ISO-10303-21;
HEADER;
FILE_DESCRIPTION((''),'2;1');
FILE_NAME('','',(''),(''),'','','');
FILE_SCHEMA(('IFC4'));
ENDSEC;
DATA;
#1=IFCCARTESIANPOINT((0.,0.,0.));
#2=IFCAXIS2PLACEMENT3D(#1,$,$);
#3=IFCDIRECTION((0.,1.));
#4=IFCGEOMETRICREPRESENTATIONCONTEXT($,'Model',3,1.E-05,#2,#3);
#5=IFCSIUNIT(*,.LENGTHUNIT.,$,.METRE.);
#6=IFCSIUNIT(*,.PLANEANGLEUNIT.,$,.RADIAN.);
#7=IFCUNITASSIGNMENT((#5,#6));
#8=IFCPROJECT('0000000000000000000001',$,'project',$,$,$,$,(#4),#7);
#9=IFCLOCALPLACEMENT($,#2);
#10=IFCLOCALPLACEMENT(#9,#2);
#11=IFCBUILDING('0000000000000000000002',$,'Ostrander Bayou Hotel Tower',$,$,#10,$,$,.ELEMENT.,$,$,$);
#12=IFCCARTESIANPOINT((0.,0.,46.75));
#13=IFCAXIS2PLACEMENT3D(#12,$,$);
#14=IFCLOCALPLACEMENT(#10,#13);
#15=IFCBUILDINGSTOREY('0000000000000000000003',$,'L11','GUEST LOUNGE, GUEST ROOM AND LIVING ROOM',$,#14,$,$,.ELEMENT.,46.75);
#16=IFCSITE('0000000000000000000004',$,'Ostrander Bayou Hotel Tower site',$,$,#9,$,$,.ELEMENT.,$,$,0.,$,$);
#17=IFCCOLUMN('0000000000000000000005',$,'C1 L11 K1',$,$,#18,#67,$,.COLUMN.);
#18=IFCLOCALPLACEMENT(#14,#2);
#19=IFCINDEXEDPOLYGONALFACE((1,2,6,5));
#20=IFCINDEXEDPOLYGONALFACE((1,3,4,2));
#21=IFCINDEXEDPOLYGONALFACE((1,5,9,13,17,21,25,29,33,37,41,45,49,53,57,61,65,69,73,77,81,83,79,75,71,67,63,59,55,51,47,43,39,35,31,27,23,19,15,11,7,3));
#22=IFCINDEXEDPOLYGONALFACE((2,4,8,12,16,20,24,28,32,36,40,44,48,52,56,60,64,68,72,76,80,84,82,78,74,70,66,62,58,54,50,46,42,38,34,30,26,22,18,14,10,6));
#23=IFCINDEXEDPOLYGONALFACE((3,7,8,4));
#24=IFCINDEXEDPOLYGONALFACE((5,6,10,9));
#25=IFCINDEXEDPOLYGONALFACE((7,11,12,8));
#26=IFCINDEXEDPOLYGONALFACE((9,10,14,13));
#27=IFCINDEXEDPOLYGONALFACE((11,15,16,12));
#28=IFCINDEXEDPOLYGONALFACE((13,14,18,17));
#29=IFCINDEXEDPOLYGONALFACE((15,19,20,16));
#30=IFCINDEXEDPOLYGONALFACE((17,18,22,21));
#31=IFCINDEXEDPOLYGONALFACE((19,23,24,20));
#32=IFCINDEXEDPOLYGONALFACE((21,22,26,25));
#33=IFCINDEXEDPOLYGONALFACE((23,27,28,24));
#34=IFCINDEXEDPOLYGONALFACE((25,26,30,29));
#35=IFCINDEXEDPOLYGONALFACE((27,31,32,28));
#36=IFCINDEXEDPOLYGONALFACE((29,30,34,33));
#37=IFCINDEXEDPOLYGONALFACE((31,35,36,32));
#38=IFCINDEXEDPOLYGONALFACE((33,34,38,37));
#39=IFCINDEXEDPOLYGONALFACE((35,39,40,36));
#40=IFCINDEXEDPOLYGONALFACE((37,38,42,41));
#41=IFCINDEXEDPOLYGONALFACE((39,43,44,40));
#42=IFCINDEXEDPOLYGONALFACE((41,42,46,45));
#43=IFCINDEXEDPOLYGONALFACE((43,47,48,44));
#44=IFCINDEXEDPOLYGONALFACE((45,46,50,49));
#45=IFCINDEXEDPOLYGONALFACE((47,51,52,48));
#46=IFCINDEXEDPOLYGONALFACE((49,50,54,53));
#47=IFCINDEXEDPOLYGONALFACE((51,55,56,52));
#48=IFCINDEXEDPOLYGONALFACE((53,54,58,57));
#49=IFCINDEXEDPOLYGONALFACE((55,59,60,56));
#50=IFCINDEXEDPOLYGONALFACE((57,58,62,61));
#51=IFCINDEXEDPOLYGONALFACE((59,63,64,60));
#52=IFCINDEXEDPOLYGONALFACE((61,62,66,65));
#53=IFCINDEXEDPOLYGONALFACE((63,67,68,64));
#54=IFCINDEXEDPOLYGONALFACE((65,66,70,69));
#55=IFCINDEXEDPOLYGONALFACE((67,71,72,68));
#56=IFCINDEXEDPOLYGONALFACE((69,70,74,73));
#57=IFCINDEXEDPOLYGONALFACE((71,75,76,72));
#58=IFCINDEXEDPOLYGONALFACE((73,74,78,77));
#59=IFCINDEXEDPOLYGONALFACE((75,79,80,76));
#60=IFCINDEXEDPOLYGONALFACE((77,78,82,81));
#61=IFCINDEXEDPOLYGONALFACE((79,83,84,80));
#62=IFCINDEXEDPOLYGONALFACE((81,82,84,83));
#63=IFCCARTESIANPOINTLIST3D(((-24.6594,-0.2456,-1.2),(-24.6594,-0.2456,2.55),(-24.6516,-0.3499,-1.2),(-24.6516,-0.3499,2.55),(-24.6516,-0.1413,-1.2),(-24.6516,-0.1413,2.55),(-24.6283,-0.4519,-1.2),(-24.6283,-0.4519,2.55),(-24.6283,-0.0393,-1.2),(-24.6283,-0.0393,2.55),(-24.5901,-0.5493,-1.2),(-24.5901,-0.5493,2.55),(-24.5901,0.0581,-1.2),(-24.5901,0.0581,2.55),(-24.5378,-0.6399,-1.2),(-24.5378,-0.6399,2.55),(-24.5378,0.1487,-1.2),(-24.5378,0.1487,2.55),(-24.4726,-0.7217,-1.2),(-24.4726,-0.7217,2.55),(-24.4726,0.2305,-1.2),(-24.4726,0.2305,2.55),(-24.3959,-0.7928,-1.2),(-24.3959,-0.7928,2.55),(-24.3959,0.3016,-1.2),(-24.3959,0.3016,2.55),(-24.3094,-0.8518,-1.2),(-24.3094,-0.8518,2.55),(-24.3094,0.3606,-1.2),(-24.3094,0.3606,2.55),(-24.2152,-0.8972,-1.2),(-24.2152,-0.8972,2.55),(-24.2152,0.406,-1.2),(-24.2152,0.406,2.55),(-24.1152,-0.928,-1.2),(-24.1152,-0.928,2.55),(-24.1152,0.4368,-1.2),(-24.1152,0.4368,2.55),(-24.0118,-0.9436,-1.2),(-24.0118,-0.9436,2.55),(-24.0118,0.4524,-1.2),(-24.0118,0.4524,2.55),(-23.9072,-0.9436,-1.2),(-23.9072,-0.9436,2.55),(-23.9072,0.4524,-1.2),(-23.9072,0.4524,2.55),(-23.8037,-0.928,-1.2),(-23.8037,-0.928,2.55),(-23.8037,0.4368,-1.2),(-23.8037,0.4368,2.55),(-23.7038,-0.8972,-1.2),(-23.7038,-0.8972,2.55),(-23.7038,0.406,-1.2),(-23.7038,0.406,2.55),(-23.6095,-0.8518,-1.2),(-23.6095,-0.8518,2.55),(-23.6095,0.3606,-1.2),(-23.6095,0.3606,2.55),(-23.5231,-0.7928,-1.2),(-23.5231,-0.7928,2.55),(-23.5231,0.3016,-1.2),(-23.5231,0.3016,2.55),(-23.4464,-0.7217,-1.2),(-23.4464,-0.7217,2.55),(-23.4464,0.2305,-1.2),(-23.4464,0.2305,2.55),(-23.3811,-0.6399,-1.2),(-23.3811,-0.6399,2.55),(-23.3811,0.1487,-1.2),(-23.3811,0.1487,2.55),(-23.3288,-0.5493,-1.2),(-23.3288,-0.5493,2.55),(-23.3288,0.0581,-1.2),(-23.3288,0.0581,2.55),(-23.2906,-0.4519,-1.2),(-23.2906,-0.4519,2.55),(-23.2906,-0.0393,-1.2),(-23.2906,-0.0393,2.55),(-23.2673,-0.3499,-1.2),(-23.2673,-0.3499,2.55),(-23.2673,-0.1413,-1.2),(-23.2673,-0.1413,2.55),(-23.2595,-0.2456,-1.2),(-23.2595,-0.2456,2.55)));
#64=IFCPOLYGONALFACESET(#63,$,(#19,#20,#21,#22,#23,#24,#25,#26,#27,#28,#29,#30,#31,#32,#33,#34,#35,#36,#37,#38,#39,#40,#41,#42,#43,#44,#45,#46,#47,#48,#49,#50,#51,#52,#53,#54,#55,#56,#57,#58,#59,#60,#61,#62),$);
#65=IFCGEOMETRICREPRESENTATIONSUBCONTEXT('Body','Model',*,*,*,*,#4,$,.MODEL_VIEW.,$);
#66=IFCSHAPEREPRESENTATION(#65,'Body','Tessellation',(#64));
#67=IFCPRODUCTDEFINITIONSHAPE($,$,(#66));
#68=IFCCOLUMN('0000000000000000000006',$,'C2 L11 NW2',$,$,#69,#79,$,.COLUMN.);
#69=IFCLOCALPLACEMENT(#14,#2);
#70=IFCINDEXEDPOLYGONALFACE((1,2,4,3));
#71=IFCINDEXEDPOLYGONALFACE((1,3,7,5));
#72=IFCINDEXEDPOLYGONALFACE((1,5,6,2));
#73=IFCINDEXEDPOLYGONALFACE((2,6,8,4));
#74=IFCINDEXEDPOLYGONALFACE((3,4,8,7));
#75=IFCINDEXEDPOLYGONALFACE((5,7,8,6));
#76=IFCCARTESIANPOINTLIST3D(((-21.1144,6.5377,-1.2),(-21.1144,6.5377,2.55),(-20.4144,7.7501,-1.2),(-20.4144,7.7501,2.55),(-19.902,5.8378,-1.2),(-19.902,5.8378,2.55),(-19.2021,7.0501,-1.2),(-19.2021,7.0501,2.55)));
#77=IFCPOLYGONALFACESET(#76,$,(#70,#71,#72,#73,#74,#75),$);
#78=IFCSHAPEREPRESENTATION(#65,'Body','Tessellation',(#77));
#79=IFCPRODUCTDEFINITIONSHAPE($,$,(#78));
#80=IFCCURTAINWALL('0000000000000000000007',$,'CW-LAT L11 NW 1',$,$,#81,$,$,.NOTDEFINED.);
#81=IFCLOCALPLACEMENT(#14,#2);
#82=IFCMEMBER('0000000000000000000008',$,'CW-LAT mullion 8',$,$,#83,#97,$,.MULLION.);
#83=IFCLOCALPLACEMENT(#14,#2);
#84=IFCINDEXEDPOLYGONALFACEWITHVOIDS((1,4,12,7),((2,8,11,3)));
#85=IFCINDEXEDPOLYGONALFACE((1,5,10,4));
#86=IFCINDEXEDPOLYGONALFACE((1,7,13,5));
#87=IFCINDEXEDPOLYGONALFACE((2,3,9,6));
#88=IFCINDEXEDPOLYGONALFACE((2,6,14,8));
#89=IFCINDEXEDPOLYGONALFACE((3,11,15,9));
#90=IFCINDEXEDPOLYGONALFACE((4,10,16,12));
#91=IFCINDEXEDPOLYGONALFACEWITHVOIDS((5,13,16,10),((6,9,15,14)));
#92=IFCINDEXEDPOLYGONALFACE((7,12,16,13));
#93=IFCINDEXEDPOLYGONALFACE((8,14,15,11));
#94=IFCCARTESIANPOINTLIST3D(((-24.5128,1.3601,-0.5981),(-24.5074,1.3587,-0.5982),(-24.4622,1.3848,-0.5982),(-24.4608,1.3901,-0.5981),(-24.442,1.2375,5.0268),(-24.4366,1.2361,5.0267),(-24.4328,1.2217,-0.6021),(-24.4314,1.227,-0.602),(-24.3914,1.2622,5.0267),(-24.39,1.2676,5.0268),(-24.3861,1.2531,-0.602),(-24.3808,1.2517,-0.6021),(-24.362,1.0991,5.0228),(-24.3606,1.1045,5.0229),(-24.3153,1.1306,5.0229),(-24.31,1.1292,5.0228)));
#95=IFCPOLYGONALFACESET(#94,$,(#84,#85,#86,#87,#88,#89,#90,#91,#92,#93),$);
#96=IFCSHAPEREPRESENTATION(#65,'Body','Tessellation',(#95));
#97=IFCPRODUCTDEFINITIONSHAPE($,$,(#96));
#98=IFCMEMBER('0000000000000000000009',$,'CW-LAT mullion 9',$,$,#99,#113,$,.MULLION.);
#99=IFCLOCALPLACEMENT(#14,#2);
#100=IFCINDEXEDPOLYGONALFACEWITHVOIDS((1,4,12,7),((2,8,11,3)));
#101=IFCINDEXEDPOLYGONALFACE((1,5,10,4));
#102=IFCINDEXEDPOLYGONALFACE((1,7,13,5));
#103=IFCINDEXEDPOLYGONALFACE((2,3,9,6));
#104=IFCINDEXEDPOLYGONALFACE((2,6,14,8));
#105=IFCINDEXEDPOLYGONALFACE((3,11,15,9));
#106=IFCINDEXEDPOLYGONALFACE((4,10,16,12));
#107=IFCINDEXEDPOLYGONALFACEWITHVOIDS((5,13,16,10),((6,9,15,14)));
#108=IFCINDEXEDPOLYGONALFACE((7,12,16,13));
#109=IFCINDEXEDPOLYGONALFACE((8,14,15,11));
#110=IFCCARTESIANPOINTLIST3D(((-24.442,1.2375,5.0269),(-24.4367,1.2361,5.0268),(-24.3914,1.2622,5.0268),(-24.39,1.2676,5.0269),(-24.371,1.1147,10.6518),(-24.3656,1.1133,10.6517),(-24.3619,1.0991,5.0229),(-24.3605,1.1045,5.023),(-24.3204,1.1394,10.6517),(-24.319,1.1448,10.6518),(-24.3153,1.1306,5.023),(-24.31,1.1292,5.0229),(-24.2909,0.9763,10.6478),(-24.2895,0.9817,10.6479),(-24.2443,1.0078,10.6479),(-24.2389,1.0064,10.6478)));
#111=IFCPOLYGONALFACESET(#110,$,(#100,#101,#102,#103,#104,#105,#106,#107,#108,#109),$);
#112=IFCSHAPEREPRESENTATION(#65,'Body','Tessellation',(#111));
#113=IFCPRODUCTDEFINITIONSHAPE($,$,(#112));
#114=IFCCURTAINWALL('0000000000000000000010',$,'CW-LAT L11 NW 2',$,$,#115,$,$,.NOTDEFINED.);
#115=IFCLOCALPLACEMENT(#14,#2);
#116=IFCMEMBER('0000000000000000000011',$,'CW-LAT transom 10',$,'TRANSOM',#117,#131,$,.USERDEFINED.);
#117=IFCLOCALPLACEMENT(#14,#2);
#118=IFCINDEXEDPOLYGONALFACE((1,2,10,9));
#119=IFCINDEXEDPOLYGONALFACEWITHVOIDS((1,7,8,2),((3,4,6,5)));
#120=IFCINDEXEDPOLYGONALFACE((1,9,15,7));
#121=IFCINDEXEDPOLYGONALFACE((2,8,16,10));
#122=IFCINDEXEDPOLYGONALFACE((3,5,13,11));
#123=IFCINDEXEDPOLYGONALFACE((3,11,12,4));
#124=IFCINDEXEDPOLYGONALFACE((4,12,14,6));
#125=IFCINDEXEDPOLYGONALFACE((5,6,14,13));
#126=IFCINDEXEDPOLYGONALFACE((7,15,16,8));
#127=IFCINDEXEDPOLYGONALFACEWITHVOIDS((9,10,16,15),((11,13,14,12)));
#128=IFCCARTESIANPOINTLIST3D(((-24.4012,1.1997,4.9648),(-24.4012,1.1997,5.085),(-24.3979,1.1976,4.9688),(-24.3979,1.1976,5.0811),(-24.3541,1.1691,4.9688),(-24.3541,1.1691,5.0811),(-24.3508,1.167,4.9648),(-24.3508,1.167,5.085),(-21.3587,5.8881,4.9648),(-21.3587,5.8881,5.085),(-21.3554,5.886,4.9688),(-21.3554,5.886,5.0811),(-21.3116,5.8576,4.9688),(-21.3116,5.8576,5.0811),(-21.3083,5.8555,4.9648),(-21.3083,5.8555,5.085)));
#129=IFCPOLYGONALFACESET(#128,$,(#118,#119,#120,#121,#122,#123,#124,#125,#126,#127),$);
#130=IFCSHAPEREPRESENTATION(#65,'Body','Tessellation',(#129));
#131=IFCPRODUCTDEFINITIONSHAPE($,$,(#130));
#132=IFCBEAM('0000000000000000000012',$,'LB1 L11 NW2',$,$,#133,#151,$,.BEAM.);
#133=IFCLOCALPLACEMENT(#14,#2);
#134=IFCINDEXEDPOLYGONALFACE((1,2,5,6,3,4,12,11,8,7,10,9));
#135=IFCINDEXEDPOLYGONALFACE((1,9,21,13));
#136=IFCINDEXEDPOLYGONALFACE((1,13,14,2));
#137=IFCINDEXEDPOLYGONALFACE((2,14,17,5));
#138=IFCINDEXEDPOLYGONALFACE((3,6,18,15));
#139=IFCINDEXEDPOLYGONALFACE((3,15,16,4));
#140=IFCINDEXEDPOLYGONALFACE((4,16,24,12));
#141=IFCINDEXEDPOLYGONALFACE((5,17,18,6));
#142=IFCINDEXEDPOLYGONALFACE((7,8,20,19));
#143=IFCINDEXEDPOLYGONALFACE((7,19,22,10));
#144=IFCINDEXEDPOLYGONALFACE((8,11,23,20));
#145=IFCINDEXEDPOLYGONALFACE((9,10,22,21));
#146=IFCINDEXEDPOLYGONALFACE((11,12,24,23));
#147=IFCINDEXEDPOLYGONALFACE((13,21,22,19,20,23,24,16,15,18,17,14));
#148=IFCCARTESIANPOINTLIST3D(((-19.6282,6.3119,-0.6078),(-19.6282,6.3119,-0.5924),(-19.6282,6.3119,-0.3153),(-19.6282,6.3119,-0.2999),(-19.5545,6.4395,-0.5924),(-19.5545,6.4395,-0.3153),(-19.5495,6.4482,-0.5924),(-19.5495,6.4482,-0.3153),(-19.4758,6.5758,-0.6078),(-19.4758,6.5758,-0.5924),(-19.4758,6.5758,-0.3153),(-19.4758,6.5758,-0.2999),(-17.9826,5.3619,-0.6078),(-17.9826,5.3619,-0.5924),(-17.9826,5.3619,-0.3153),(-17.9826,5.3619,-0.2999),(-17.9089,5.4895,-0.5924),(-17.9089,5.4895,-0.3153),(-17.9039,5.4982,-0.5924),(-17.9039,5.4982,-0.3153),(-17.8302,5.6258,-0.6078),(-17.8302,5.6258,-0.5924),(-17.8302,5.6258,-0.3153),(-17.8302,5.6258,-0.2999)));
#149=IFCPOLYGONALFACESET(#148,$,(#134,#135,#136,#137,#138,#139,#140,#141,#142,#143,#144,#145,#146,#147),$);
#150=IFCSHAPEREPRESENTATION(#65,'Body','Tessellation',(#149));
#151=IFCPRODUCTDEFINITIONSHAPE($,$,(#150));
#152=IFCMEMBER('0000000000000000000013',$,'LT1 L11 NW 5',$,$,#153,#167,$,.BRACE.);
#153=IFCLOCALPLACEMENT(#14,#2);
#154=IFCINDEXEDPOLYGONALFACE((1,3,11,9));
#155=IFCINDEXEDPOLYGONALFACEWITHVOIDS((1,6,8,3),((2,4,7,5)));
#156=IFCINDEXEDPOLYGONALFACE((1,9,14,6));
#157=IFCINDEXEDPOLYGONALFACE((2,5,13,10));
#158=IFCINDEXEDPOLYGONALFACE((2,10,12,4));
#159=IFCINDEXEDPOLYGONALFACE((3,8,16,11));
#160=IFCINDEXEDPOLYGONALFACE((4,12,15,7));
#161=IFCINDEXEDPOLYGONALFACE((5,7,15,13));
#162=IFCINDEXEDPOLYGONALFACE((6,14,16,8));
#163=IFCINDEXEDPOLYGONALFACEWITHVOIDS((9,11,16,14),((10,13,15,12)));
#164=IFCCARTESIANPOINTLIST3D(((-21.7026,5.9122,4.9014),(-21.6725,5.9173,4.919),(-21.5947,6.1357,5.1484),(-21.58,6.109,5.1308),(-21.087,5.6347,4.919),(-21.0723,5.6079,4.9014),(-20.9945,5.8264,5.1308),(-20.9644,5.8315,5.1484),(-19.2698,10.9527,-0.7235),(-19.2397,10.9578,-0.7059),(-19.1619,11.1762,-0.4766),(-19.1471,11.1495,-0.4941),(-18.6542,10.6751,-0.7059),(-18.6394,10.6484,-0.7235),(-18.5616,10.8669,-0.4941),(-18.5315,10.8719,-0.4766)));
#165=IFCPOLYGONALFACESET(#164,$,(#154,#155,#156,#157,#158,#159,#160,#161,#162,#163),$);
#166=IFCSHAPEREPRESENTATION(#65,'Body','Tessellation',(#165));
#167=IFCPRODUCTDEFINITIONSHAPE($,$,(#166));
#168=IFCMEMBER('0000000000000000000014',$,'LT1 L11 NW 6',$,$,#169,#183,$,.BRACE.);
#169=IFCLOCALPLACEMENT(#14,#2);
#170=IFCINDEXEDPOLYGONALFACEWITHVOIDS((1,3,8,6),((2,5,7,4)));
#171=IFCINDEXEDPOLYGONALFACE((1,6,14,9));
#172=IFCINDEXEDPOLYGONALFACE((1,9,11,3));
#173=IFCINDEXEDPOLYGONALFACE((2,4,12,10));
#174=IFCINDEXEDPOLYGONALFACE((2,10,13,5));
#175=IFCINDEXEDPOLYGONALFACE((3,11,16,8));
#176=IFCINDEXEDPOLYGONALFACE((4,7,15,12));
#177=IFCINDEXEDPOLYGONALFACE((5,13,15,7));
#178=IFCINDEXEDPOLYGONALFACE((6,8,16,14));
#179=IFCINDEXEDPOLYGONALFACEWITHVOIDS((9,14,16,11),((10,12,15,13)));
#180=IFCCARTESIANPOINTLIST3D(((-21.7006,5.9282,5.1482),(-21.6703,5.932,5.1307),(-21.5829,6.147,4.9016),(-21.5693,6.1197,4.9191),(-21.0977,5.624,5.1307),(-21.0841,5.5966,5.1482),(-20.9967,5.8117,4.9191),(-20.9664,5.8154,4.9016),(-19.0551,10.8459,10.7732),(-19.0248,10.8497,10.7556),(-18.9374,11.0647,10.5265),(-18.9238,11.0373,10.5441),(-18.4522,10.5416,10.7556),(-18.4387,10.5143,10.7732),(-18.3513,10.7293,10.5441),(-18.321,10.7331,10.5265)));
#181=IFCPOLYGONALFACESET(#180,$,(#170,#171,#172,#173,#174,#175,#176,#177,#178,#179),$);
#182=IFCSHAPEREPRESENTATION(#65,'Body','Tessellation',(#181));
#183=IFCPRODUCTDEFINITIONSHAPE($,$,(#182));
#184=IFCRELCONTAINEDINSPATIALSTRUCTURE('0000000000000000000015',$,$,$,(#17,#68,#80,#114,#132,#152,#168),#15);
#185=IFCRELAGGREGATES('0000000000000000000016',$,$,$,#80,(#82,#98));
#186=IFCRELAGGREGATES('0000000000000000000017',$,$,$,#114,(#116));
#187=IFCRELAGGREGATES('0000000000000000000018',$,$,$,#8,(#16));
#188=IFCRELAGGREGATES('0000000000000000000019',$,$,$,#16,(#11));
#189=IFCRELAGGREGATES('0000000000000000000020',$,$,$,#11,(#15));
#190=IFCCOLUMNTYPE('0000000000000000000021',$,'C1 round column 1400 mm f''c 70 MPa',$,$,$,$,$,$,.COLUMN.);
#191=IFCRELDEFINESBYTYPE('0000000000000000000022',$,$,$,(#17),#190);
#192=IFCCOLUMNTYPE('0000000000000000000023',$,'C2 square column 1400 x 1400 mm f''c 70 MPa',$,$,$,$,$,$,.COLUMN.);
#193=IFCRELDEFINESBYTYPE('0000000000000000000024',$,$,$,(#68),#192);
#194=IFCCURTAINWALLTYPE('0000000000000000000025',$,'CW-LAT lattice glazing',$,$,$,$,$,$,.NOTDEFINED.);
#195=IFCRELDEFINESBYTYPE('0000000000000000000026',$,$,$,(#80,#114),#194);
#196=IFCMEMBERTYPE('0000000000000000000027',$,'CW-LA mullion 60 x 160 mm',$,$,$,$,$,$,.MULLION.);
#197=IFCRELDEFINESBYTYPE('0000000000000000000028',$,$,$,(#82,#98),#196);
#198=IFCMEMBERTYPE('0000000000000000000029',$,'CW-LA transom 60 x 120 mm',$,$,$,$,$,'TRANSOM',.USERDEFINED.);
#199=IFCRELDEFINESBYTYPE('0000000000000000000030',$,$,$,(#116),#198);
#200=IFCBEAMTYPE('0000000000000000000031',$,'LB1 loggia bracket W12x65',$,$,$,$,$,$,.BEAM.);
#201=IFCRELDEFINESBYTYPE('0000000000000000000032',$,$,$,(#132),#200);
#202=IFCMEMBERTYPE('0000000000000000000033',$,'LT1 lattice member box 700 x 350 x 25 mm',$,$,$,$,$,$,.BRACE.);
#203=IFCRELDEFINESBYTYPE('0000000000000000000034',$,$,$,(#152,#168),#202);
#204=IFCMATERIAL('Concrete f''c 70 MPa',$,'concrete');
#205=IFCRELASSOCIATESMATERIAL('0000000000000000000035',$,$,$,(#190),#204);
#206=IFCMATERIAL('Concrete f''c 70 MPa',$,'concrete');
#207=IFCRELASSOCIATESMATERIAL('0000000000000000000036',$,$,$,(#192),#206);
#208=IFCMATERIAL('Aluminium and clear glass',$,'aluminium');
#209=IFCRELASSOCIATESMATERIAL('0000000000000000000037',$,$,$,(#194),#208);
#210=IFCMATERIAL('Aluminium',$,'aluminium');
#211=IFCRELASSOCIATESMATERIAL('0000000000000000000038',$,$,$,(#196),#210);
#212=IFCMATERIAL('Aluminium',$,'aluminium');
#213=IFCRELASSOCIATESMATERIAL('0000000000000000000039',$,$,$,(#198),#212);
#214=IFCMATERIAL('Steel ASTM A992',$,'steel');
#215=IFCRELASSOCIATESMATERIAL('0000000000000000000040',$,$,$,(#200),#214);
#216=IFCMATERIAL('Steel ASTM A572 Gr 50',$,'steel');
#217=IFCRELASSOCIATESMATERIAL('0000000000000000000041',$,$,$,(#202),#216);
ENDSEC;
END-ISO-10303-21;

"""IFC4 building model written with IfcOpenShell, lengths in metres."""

from ifc_helpers import new_model, si_unit, direction, frame, origin, origin_2d, place, context, subcontext, project, spatial, rectangle, hollow_rectangle, circle, i_section, extrude, material, material_profile, profile_set, type_object, element, aggregate, save


model = new_model("IFC4")

# Units and contexts
model_context = context("Model", 3, precision=1e-05, world=origin(), true_north=direction((0.0, 1.0)))
body_context = subcontext(model_context, "Body", "Model", "MODEL_VIEW")
ifc_project = project(units=[si_unit("LENGTHUNIT", "METRE"), si_unit("PLANEANGLEUNIT", "RADIAN")], contexts=[model_context])

# Site, building, storey
site_placement = place(None, origin())
site = spatial("IfcSite", under=ifc_project, at=site_placement, Name="Ostrander Bayou Hotel Tower site", CompositionType="ELEMENT", RefElevation=0.0)
building_placement = place(site_placement, origin())
building = spatial("IfcBuilding", under=site, at=building_placement, Name="Ostrander Bayou Hotel Tower", CompositionType="ELEMENT")
storey_placement = place(building_placement, frame((0.0, 0.0, 46.75)))
storey = spatial("IfcBuildingStorey", under=building, at=storey_placement, Name="L11", Description="GUEST LOUNGE, GUEST ROOM AND LIVING ROOM", CompositionType="ELEMENT", Elevation=46.75)

# Columns
ifc_material_1 = material(Name="Concrete f'c 70 MPa", Category="concrete")
ifc_material_profile_1 = material_profile(ifc_material_1, circle(Radius=0.7, at=origin_2d()))
ifc_profile_set_1 = profile_set([ifc_material_profile_1], Name="Concrete f'c 70 MPa")
column_type_1 = type_object("IfcColumnType", Name="C1 round column 1400 mm f'c 70 MPa", PredefinedType="COLUMN", material=ifc_profile_set_1)
column_1_placement = place(storey_placement, frame((-23.9595, -0.2456, -1.2), z_axis=(0.0, 0.0, 1.0), x_axis=(1.0, 0.0, 0.0)))
element("IfcColumn", 1, at=column_1_placement, inside=storey, type_object=column_type_1, Name="C1 L11 K1", PredefinedType="COLUMN", context=body_context, shape_type="SweptSolid", body=[
    extrude(circle(Radius=0.7, at=origin_2d()), origin(), (0.0, 0.0, 1.0), 3.75),
])
ifc_material_2 = material(Name="Concrete f'c 70 MPa", Category="concrete")
ifc_material_profile_2 = material_profile(ifc_material_2, rectangle(XDim=1.3999, YDim=1.3999, at=origin_2d()))
ifc_profile_set_2 = profile_set([ifc_material_profile_2], Name="Concrete f'c 70 MPa")
column_type_2 = type_object("IfcColumnType", Name="C2 square column 1400 x 1400 mm f'c 70 MPa", PredefinedType="COLUMN", material=ifc_profile_set_2)
column_2_placement = place(storey_placement, frame((-20.1582, 6.7939, -1.2), z_axis=(0.0, 0.0, 1.0), x_axis=(0.5, 0.866025, 0.0)))
element("IfcColumn", 2, at=column_2_placement, inside=storey, type_object=column_type_2, Name="C2 L11 NW2", PredefinedType="COLUMN", context=body_context, shape_type="SweptSolid", body=[
    extrude(rectangle(XDim=1.3999, YDim=1.3999, at=origin_2d()), origin(), (0.0, 0.0, 1.0), 3.75),
])

# Curtain wall, members
ifc_material_3 = material(Name="Aluminium and clear glass", Category="aluminium")
curtain_wall_type = type_object("IfcCurtainWallType", Name="CW-LAT lattice glazing", PredefinedType="NOTDEFINED", material=ifc_material_3)
curtain_wall_1_placement = place(storey_placement, origin())
curtain_wall_1 = element("IfcCurtainWall", 3, at=curtain_wall_1_placement, inside=storey, type_object=curtain_wall_type, Name="CW-LAT L11 NW 1", PredefinedType="NOTDEFINED")
ifc_material_4 = material(Name="Aluminium", Category="aluminium")
ifc_material_profile_3 = material_profile(ifc_material_4, hollow_rectangle(XDim=0.0601, YDim=0.1599, WallThickness=0.0039, at=origin_2d()))
ifc_profile_set_3 = profile_set([ifc_material_profile_3], Name="Aluminium")
member_type_1 = type_object("IfcMemberType", Name="CW-LA mullion 60 x 160 mm", PredefinedType="MULLION", material=ifc_profile_set_3)
member_1_placement = place(storey_placement, frame((-24.4468, 1.3059, -0.6001), z_axis=(0.012583, -0.021781, 0.999684), x_axis=(0.865898, 0.50022, 0.0)))
member_1 = element("IfcMember", 4, at=member_1_placement, type_object=member_type_1, Name="CW-LAT mullion 8", PredefinedType="MULLION", context=body_context, shape_type="SweptSolid", body=[
    extrude(hollow_rectangle(XDim=0.0601, YDim=0.1599, WallThickness=0.0039, at=origin_2d()), origin(), (0.0, 0.0, 1.0), 5.6267),
])
member_2_placement = place(storey_placement, frame((-24.376, 1.1833, 5.0249), z_axis=(0.012626, -0.021825, 0.999682), x_axis=(0.865583, 0.500765, 0.0)))
member_2 = element("IfcMember", 5, at=member_2_placement, type_object=member_type_1, Name="CW-LAT mullion 9", PredefinedType="MULLION", context=body_context, shape_type="SweptSolid", body=[
    extrude(hollow_rectangle(XDim=0.0601, YDim=0.1599, WallThickness=0.0039, at=origin_2d()), origin(), (0.0, 0.0, 1.0), 5.6267),
])

# Curtain wall, member
curtain_wall_2_placement = place(storey_placement, origin())
curtain_wall_2 = element("IfcCurtainWall", 6, at=curtain_wall_2_placement, inside=storey, type_object=curtain_wall_type, Name="CW-LAT L11 NW 2", PredefinedType="NOTDEFINED")
ifc_material_5 = material(Name="Aluminium", Category="aluminium")
ifc_material_profile_4 = material_profile(ifc_material_5, hollow_rectangle(XDim=0.0601, YDim=0.1201, WallThickness=0.0039, at=origin_2d()))
ifc_profile_set_4 = profile_set([ifc_material_profile_4], Name="Aluminium")
member_type_2 = type_object("IfcMemberType", Name="CW-LA transom 60 x 120 mm", ElementType="TRANSOM", PredefinedType="USERDEFINED", material=ifc_profile_set_4)
member_3_placement = place(storey_placement, frame((-24.376, 1.1833, 5.0249), z_axis=(0.544356, 0.838855, 0.0), x_axis=(-0.838855, 0.544356, 0.0)))
member_3 = element("IfcMember", 7, at=member_3_placement, type_object=member_type_2, Name="CW-LAT transom 10", ObjectType="TRANSOM", PredefinedType="USERDEFINED", context=body_context, shape_type="SweptSolid", body=[
    extrude(hollow_rectangle(XDim=0.0601, YDim=0.1201, WallThickness=0.0039, at=origin_2d()), origin(), (0.0, 0.0, 1.0), 5.5891),
])

# Beam
ifc_material_6 = material(Name="Steel ASTM A992", Category="steel")
ifc_material_profile_5 = material_profile(ifc_material_6, i_section(OverallWidth=0.3047, OverallDepth=0.3079, WebThickness=0.01, FlangeThickness=0.0154, at=origin_2d()))
ifc_profile_set_5 = profile_set([ifc_material_profile_5], Name="Steel ASTM A992")
beam_type_1 = type_object("IfcBeamType", Name="LB1 loggia bracket W12x65", PredefinedType="BEAM", material=ifc_profile_set_5)
beam_1_placement = place(storey_placement, frame((-19.552, 6.4438, -0.4539), z_axis=(0.866044, -0.499967, 0.0), x_axis=(0.499967, 0.866044, 0.0)))
element("IfcBeam", 8, at=beam_1_placement, inside=storey, type_object=beam_type_1, Name="LB1 L11 NW2", PredefinedType="BEAM", context=body_context, shape_type="SweptSolid", body=[
    extrude(i_section(OverallWidth=0.3047, OverallDepth=0.3079, WebThickness=0.01, FlangeThickness=0.0154, at=origin_2d()), origin(), (0.0, 0.0, 1.0), 1.9001),
])

# Members
ifc_material_7 = material(Name="Steel ASTM A572 Gr 50", Category="steel")
ifc_material_profile_6 = material_profile(ifc_material_7, hollow_rectangle(XDim=0.7, YDim=0.3501, WallThickness=0.0249, at=origin_2d()))
ifc_profile_set_6 = profile_set([ifc_material_profile_6], Name="Steel ASTM A572 Gr 50")
member_type_3 = type_object("IfcMemberType", Name="LT1 lattice member box 700 x 350 x 25 mm", PredefinedType="BRACE", material=ifc_profile_set_6)
member_4_placement = place(storey_placement, frame((-21.3335, 5.8718, 5.0249), z_axis=(0.306594, 0.635216, -0.708873), x_axis=(-0.900586, 0.434677, 0.0)))
element("IfcMember", 9, at=member_4_placement, inside=storey, type_object=member_type_3, Name="LT1 L11 NW 5", PredefinedType="BRACE", context=body_context, shape_type="SweptSolid", body=[
    extrude(hollow_rectangle(XDim=0.7, YDim=0.3501, WallThickness=0.0249, at=origin_2d()), origin(), (0.0, 0.0, 1.0), 7.9351),
])
member_5_placement = place(storey_placement, frame((-21.3335, 5.8718, 5.0249), z_axis=(0.333771, 0.620446, 0.709679), x_axis=(-0.880658, 0.473753, 0.0)))
element("IfcMember", 10, at=member_5_placement, inside=storey, type_object=member_type_3, Name="LT1 L11 NW 6", PredefinedType="BRACE", context=body_context, shape_type="SweptSolid", body=[
    extrude(hollow_rectangle(XDim=0.7, YDim=0.3501, WallThickness=0.0249, at=origin_2d()), origin(), (0.0, 0.0, 1.0), 7.926),
])

aggregate(curtain_wall_1, [member_1, member_2])
aggregate(curtain_wall_2, [member_3])

save(model, "model.ifc")
